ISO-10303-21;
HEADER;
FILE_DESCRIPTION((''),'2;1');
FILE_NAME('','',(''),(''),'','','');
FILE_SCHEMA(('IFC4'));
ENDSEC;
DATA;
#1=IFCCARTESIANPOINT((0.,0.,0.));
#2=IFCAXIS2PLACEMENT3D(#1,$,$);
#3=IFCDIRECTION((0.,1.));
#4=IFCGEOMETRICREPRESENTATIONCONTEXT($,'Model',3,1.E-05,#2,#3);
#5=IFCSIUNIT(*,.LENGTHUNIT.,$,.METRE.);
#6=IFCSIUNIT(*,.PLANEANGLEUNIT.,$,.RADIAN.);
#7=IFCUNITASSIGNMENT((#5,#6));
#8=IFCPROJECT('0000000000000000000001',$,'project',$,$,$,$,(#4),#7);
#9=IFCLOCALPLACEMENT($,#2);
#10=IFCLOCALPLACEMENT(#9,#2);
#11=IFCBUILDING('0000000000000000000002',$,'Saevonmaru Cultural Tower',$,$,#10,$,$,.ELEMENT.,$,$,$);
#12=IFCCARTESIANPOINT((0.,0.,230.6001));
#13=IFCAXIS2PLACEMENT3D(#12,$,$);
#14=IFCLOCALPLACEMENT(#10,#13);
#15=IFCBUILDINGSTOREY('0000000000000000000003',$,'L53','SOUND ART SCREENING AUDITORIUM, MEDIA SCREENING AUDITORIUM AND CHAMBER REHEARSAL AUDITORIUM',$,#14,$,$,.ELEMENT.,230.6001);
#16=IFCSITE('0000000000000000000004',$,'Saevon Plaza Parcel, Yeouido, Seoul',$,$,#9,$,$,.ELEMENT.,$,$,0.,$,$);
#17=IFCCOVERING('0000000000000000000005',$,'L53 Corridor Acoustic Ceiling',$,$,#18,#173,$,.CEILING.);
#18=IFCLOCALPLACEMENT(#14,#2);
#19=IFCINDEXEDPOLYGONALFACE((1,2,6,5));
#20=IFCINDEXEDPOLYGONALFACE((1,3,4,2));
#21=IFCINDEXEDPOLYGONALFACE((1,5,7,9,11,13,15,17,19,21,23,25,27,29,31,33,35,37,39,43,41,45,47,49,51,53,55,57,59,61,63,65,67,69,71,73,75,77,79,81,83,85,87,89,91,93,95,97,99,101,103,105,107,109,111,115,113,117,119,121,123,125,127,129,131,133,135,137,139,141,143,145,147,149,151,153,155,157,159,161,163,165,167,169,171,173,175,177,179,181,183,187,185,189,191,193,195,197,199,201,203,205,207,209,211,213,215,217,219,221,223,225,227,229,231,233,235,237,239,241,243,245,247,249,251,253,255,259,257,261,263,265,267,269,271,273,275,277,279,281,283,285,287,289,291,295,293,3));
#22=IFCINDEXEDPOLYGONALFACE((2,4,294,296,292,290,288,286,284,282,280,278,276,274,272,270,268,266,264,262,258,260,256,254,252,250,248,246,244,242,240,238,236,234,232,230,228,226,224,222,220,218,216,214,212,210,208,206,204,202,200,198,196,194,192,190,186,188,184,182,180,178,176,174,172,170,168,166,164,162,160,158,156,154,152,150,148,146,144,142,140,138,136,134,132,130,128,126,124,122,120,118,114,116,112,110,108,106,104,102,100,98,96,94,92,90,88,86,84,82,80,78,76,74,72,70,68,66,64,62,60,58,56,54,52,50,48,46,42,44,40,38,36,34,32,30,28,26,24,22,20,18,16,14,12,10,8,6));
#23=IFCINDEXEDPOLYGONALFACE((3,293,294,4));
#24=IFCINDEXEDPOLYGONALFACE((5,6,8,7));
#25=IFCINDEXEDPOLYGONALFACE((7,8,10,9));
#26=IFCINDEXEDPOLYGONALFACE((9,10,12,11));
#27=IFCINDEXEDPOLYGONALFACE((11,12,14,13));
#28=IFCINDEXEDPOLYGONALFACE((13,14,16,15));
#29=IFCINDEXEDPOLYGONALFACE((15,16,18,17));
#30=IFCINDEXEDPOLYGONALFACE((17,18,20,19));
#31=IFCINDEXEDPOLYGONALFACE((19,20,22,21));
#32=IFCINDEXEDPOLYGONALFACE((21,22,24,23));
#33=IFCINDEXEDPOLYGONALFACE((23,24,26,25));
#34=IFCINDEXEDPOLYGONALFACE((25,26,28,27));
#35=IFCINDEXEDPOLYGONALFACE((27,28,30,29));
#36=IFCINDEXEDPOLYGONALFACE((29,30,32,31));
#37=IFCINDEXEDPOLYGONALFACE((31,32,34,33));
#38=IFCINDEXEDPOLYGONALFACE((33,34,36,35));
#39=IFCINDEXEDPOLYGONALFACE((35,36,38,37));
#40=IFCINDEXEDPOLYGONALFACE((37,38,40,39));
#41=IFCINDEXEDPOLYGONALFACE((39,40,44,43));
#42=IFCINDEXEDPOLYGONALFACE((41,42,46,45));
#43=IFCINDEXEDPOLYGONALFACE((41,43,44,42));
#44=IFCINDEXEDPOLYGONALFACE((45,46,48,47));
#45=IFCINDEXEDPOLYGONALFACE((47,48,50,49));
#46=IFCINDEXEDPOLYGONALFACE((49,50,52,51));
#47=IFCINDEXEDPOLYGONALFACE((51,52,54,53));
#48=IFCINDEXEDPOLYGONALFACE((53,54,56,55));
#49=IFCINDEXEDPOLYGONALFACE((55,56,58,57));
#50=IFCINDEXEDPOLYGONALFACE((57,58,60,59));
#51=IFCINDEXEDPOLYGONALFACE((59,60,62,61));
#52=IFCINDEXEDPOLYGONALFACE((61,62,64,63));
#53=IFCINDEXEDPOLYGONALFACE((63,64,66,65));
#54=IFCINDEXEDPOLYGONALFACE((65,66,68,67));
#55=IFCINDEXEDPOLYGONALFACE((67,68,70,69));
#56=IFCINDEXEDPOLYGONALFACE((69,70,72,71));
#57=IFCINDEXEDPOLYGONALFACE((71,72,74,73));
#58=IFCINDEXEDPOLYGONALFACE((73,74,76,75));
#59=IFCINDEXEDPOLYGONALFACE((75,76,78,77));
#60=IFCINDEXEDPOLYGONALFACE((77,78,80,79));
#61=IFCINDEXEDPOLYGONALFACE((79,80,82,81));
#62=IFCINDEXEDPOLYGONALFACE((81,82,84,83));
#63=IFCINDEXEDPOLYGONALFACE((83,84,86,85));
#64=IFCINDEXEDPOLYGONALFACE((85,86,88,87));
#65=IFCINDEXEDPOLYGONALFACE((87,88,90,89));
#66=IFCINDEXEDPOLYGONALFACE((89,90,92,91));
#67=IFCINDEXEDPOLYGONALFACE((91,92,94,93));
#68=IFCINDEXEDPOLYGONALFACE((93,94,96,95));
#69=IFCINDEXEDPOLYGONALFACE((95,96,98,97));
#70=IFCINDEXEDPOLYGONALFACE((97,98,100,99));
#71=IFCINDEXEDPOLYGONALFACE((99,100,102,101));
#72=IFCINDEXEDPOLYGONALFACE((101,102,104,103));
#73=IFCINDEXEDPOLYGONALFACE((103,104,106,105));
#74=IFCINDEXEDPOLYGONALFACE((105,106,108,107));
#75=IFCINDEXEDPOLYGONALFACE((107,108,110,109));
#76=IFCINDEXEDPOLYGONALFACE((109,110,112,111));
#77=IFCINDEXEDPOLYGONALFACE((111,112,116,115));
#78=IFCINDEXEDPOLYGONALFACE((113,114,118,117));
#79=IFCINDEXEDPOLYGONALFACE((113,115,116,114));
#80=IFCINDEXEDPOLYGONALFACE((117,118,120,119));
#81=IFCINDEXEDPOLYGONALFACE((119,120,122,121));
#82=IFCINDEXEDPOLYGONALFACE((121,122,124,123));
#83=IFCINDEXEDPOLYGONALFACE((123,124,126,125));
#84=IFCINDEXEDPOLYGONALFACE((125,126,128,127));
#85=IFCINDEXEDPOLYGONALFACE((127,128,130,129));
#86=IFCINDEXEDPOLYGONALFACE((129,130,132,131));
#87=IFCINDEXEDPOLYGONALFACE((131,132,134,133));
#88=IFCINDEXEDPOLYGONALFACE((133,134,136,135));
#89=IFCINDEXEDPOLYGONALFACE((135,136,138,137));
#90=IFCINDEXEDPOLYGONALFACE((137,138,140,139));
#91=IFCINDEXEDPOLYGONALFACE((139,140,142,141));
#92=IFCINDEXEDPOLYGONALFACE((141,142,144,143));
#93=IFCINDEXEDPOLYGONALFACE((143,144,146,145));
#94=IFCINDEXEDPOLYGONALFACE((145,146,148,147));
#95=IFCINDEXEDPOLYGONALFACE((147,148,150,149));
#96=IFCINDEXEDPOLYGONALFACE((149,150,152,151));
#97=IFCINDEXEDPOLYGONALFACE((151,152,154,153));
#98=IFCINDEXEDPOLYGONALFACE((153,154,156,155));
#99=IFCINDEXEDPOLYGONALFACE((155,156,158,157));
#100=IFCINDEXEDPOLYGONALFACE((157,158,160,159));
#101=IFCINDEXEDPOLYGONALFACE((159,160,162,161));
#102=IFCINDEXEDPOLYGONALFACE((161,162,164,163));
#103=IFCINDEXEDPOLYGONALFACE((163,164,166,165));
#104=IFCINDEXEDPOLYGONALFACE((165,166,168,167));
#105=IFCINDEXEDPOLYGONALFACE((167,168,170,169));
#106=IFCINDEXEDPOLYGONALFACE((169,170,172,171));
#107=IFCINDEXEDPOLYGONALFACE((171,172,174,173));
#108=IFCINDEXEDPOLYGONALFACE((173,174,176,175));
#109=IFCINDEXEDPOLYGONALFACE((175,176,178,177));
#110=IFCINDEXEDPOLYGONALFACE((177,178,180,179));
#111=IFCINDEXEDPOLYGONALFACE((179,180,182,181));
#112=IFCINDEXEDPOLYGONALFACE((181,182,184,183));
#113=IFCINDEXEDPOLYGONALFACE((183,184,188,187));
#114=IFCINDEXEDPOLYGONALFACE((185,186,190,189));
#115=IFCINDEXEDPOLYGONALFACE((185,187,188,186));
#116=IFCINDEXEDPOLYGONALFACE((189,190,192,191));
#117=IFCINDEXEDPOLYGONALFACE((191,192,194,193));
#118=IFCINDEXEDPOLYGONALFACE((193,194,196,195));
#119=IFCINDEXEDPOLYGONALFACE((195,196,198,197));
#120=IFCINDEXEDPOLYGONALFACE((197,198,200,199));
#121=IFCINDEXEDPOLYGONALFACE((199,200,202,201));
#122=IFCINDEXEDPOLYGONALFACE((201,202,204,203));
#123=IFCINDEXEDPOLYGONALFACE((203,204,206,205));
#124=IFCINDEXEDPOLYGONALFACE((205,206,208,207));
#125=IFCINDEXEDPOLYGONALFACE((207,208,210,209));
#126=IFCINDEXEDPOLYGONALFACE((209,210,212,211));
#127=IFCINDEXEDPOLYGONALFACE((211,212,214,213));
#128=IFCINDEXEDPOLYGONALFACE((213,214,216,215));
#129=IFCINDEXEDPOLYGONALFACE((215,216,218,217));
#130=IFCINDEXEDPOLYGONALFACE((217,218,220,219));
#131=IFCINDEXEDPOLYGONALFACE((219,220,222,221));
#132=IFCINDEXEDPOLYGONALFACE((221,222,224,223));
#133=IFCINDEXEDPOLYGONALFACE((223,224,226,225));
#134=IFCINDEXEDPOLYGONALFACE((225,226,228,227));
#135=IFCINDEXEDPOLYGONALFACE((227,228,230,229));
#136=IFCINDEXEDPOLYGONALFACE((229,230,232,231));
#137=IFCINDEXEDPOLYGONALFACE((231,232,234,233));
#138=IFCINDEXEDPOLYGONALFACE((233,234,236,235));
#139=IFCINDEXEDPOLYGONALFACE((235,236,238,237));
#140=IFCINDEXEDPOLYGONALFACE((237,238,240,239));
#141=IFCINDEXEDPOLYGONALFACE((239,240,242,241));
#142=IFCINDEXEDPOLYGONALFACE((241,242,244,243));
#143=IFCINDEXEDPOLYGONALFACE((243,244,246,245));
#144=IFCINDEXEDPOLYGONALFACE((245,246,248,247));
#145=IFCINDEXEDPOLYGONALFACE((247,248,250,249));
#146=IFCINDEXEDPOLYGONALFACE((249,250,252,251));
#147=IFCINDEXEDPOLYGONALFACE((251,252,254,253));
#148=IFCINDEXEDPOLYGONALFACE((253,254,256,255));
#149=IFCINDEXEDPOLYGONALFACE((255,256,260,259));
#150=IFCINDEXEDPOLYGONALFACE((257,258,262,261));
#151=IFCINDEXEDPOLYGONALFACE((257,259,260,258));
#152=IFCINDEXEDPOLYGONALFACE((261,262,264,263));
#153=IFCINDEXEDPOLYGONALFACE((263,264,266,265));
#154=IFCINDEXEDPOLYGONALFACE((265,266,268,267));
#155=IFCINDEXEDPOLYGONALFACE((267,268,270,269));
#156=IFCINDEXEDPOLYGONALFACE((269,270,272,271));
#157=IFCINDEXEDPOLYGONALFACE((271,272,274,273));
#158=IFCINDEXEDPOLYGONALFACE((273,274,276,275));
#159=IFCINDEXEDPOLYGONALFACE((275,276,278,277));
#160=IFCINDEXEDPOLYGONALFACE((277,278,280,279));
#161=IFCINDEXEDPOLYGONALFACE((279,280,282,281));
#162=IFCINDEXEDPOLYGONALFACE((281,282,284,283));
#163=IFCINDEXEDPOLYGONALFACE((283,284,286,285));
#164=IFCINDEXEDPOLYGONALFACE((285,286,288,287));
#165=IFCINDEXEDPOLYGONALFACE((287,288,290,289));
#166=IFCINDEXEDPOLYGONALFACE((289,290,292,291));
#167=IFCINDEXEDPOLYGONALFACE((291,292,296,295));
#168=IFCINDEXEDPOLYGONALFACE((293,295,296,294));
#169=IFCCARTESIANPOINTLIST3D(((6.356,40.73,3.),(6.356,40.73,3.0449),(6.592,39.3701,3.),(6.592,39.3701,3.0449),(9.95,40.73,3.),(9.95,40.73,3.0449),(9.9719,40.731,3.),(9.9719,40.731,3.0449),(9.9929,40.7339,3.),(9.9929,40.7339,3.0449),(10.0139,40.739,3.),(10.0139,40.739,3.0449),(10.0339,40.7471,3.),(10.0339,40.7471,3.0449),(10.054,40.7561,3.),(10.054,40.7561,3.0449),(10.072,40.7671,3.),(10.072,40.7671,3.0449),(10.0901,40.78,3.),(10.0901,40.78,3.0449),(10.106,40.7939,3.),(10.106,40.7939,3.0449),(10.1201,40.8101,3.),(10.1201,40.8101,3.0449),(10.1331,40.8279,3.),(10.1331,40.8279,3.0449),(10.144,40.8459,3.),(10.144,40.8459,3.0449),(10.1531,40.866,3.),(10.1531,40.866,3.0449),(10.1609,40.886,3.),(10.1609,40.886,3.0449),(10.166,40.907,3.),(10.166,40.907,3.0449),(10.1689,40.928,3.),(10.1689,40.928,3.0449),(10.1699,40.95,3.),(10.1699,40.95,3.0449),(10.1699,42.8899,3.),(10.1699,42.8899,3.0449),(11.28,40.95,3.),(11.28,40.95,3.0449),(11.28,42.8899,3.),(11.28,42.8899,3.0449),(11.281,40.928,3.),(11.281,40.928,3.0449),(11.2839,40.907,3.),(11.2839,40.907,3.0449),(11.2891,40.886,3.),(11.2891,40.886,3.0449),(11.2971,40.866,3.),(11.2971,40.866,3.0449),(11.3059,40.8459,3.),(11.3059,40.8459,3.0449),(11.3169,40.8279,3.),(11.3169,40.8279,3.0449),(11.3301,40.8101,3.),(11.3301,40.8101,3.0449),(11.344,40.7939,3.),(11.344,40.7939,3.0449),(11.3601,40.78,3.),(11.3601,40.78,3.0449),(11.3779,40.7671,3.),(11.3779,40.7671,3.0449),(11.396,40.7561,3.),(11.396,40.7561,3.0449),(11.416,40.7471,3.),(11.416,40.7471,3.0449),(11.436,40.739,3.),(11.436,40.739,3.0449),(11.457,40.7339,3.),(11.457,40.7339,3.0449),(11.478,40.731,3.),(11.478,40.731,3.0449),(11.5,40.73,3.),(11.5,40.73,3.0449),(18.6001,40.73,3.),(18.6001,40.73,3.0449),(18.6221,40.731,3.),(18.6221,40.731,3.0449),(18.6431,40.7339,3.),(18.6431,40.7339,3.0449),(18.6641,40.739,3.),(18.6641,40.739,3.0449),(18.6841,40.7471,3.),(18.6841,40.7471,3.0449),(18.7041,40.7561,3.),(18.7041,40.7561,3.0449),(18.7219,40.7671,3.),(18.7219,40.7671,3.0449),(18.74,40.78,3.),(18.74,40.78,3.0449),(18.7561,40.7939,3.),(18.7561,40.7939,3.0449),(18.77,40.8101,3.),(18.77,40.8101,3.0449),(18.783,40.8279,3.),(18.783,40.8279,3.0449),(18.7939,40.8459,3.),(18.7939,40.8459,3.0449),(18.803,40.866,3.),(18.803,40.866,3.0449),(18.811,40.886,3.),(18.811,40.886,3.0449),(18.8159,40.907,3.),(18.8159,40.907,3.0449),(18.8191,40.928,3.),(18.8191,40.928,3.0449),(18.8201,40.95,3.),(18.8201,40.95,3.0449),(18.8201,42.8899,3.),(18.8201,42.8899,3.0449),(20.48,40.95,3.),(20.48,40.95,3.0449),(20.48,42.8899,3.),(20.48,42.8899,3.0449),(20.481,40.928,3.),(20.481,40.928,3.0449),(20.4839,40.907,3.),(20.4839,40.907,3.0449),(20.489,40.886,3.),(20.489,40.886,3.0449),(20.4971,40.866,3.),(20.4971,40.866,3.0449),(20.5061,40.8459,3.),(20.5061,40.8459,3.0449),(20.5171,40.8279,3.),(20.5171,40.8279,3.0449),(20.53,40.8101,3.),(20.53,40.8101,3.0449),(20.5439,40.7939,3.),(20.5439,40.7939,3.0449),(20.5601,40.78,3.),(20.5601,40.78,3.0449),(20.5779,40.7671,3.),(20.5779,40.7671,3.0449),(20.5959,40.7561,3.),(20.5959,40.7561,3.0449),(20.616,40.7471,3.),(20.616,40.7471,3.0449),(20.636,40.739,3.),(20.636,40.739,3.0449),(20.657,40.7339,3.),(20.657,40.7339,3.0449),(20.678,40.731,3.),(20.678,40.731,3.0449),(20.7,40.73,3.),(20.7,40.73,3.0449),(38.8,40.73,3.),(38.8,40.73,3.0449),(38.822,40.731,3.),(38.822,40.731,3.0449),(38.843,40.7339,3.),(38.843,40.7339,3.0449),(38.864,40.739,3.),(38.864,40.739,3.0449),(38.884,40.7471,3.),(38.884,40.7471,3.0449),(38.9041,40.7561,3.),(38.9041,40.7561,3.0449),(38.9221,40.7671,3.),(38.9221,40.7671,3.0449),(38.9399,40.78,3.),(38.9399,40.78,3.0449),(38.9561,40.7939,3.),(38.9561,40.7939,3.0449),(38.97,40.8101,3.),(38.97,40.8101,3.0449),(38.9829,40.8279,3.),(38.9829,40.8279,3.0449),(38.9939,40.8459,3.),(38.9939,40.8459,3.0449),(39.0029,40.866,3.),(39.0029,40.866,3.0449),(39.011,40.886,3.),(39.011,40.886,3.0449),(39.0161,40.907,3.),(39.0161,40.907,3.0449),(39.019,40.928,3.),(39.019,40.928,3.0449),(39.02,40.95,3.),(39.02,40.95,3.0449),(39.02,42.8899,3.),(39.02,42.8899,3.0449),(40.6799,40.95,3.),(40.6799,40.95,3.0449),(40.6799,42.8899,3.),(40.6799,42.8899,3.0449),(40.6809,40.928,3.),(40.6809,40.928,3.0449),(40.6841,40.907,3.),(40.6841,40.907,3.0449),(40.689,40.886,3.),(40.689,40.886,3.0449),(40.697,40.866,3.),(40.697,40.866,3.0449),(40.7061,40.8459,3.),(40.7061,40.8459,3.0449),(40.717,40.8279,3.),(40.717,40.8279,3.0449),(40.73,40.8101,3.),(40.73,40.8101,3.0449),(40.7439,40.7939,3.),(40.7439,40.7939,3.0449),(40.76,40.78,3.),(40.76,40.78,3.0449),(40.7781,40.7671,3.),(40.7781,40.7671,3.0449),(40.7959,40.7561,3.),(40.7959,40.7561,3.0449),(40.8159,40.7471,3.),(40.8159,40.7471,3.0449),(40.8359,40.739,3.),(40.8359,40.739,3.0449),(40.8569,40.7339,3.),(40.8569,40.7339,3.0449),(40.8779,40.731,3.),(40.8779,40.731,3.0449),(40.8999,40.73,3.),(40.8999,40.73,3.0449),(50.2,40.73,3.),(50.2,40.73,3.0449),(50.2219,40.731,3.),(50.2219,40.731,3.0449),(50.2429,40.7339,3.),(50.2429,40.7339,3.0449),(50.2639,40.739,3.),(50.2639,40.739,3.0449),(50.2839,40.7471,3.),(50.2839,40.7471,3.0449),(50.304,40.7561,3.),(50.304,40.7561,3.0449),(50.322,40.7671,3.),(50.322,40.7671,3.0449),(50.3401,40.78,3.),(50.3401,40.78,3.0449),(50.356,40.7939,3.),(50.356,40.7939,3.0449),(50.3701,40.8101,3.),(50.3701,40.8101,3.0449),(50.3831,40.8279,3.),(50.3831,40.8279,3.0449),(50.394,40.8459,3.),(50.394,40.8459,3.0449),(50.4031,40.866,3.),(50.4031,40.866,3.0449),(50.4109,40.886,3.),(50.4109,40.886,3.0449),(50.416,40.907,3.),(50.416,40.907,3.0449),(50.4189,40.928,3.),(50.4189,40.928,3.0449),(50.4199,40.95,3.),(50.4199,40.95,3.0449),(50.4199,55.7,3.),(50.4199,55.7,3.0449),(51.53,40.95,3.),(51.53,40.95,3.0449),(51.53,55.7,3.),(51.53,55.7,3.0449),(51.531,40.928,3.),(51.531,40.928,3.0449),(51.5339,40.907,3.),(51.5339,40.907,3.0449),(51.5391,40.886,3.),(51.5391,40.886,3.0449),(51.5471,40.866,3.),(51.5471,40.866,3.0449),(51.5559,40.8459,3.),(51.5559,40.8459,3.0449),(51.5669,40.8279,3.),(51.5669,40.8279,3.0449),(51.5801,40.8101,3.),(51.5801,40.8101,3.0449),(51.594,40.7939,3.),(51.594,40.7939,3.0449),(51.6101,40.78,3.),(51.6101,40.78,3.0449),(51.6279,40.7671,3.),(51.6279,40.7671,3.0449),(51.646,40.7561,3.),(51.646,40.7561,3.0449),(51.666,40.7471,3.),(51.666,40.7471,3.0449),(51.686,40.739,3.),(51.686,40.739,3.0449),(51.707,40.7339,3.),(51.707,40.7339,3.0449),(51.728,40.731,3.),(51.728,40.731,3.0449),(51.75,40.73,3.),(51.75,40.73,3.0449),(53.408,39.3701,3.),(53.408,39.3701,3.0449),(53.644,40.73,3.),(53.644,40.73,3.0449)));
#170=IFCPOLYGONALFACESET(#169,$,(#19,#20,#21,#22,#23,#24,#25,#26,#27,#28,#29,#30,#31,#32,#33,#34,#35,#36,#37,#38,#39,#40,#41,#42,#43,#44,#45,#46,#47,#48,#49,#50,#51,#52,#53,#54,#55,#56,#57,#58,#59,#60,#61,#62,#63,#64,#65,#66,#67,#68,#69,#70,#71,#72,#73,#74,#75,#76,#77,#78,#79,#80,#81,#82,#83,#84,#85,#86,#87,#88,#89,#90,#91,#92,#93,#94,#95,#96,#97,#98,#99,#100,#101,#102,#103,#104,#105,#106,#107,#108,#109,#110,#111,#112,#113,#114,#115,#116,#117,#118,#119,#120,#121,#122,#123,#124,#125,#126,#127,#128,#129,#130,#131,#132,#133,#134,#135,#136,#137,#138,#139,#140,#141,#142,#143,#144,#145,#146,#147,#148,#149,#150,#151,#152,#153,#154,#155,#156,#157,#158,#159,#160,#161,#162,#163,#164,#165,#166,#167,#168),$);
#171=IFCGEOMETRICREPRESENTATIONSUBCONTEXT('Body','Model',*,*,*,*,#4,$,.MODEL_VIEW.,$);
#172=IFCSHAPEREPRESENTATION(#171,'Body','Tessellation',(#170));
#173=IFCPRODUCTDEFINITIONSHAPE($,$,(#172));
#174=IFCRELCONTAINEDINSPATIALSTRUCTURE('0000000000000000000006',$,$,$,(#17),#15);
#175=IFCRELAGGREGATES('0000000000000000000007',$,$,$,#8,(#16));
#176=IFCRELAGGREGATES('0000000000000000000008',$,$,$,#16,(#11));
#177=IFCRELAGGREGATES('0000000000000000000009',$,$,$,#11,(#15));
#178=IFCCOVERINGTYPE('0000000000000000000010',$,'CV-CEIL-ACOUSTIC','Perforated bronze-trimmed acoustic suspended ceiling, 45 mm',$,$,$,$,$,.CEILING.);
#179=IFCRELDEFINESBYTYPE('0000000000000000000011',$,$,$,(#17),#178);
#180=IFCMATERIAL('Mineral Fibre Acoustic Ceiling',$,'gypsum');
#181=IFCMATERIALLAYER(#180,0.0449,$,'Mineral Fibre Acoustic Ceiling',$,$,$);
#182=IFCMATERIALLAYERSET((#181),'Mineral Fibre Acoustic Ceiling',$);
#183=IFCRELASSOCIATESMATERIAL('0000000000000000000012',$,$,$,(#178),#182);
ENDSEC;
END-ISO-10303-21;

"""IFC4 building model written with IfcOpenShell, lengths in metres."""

from ifc_helpers import new_model, si_unit, direction, frame, origin, place, context, subcontext, project, spatial, polyline, outline, extrude, material, layer, layer_set, type_object, element, save


model = new_model("IFC4")

# Units and contexts
model_context = context("Model", 3, precision=1e-05, world=origin(), true_north=direction((0.0, 1.0)))
body_context = subcontext(model_context, "Body", "Model", "MODEL_VIEW")
ifc_project = project(units=[si_unit("LENGTHUNIT", "METRE"), si_unit("PLANEANGLEUNIT", "RADIAN")], contexts=[model_context])

# Site, building, storey
site_placement = place(None, origin())
site = spatial("IfcSite", under=ifc_project, at=site_placement, Name="Saevon Plaza Parcel, Yeouido, Seoul", CompositionType="ELEMENT", RefElevation=0.0)
building_placement = place(site_placement, origin())
building = spatial("IfcBuilding", under=site, at=building_placement, Name="Saevonmaru Cultural Tower", CompositionType="ELEMENT")
storey_placement = place(building_placement, frame((0.0, 0.0, 230.6001)))
storey = spatial("IfcBuildingStorey", under=building, at=storey_placement, Name="L53", Description="SOUND ART SCREENING AUDITORIUM, MEDIA SCREENING AUDITORIUM AND CHAMBER REHEARSAL AUDITORIUM", CompositionType="ELEMENT", Elevation=230.6001)

# Covering
ifc_material_1 = material(Name="Mineral Fibre Acoustic Ceiling", Category="gypsum")
ifc_layer_1 = layer(ifc_material_1, 0.0449, Name="Mineral Fibre Acoustic Ceiling")
ifc_layer_set_1 = layer_set([ifc_layer_1], Name="Mineral Fibre Acoustic Ceiling")
covering_type_1 = type_object("IfcCoveringType", Name="CV-CEIL-ACOUSTIC", Description="Perforated bronze-trimmed acoustic suspended ceiling, 45 mm", PredefinedType="CEILING", material=ifc_layer_set_1)
covering_1_placement = place(storey_placement, frame((0.0, 0.0, 3.0)))
element("IfcCovering", 1, at=covering_1_placement, inside=storey, type_object=covering_type_1, Name="L53 Corridor Acoustic Ceiling", PredefinedType="CEILING", context=body_context, shape_type="SweptSolid", body=[
    extrude(outline(polyline([(6.592, 39.3701), (6.356, 40.73), (9.95, 40.73), (9.9719, 40.731), (9.9929, 40.7339), (10.0139, 40.739), (10.0339, 40.7471), (10.054, 40.7561), (10.072, 40.7671), (10.0901, 40.78), (10.106, 40.7939), (10.1201, 40.8101), (10.1331, 40.8279), (10.144, 40.8459), (10.1531, 40.866), (10.1609, 40.886), (10.166, 40.907), (10.1689, 40.928), (10.1699, 40.95), (10.1699, 42.8899), (11.28, 42.8899), (11.28, 40.95), (11.281, 40.928), (11.2839, 40.907), (11.2891, 40.886), (11.2971, 40.866), (11.3059, 40.8459), (11.3169, 40.8279), (11.3301, 40.8101), (11.344, 40.7939), (11.3601, 40.78), (11.3779, 40.7671), (11.396, 40.7561), (11.416, 40.7471), (11.436, 40.739), (11.457, 40.7339), (11.478, 40.731), (11.5, 40.73), (18.6001, 40.73), (18.6221, 40.731), (18.6431, 40.7339), (18.6641, 40.739), (18.6841, 40.7471), (18.7041, 40.7561), (18.7219, 40.7671), (18.74, 40.78), (18.7561, 40.7939), (18.77, 40.8101), (18.783, 40.8279), (18.7939, 40.8459), (18.803, 40.866), (18.811, 40.886), (18.8159, 40.907), (18.8191, 40.928), (18.8201, 40.95), (18.8201, 42.8899), (20.48, 42.8899), (20.48, 40.95), (20.481, 40.928), (20.4839, 40.907), (20.489, 40.886), (20.4971, 40.866), (20.5061, 40.8459), (20.5171, 40.8279), (20.53, 40.8101), (20.5439, 40.7939), (20.5601, 40.78), (20.5779, 40.7671), (20.5959, 40.7561), (20.616, 40.7471), (20.636, 40.739), (20.657, 40.7339), (20.678, 40.731), (20.7, 40.73), (38.8, 40.73), (38.822, 40.731), (38.843, 40.7339), (38.864, 40.739), (38.884, 40.7471), (38.9041, 40.7561), (38.9221, 40.7671), (38.9399, 40.78), (38.9561, 40.7939), (38.97, 40.8101), (38.9829, 40.8279), (38.9939, 40.8459), (39.0029, 40.866), (39.011, 40.886), (39.0161, 40.907), (39.019, 40.928), (39.02, 40.95), (39.02, 42.8899), (40.6799, 42.8899), (40.6799, 40.95), (40.6809, 40.928), (40.6841, 40.907), (40.689, 40.886), (40.697, 40.866), (40.7061, 40.8459), (40.717, 40.8279), (40.73, 40.8101), (40.7439, 40.7939), (40.76, 40.78), (40.7781, 40.7671), (40.7959, 40.7561), (40.8159, 40.7471), (40.8359, 40.739), (40.8569, 40.7339), (40.8779, 40.731), (40.8999, 40.73), (50.2, 40.73), (50.2219, 40.731), (50.2429, 40.7339), (50.2639, 40.739), (50.2839, 40.7471), (50.304, 40.7561), (50.322, 40.7671), (50.3401, 40.78), (50.356, 40.7939), (50.3701, 40.8101), (50.3831, 40.8279), (50.394, 40.8459), (50.4031, 40.866), (50.4109, 40.886), (50.416, 40.907), (50.4189, 40.928), (50.4199, 40.95), (50.4199, 55.7), (51.53, 55.7), (51.53, 40.95), (51.531, 40.928), (51.5339, 40.907), (51.5391, 40.886), (51.5471, 40.866), (51.5559, 40.8459), (51.5669, 40.8279), (51.5801, 40.8101), (51.594, 40.7939), (51.6101, 40.78), (51.6279, 40.7671), (51.646, 40.7561), (51.666, 40.7471), (51.686, 40.739), (51.707, 40.7339), (51.728, 40.731), (51.75, 40.73), (53.644, 40.73), (53.408, 39.3701), (6.592, 39.3701)])), origin(), (0.0, 0.0, 1.0), 0.0449),
])

save(model, "model.ifc")
